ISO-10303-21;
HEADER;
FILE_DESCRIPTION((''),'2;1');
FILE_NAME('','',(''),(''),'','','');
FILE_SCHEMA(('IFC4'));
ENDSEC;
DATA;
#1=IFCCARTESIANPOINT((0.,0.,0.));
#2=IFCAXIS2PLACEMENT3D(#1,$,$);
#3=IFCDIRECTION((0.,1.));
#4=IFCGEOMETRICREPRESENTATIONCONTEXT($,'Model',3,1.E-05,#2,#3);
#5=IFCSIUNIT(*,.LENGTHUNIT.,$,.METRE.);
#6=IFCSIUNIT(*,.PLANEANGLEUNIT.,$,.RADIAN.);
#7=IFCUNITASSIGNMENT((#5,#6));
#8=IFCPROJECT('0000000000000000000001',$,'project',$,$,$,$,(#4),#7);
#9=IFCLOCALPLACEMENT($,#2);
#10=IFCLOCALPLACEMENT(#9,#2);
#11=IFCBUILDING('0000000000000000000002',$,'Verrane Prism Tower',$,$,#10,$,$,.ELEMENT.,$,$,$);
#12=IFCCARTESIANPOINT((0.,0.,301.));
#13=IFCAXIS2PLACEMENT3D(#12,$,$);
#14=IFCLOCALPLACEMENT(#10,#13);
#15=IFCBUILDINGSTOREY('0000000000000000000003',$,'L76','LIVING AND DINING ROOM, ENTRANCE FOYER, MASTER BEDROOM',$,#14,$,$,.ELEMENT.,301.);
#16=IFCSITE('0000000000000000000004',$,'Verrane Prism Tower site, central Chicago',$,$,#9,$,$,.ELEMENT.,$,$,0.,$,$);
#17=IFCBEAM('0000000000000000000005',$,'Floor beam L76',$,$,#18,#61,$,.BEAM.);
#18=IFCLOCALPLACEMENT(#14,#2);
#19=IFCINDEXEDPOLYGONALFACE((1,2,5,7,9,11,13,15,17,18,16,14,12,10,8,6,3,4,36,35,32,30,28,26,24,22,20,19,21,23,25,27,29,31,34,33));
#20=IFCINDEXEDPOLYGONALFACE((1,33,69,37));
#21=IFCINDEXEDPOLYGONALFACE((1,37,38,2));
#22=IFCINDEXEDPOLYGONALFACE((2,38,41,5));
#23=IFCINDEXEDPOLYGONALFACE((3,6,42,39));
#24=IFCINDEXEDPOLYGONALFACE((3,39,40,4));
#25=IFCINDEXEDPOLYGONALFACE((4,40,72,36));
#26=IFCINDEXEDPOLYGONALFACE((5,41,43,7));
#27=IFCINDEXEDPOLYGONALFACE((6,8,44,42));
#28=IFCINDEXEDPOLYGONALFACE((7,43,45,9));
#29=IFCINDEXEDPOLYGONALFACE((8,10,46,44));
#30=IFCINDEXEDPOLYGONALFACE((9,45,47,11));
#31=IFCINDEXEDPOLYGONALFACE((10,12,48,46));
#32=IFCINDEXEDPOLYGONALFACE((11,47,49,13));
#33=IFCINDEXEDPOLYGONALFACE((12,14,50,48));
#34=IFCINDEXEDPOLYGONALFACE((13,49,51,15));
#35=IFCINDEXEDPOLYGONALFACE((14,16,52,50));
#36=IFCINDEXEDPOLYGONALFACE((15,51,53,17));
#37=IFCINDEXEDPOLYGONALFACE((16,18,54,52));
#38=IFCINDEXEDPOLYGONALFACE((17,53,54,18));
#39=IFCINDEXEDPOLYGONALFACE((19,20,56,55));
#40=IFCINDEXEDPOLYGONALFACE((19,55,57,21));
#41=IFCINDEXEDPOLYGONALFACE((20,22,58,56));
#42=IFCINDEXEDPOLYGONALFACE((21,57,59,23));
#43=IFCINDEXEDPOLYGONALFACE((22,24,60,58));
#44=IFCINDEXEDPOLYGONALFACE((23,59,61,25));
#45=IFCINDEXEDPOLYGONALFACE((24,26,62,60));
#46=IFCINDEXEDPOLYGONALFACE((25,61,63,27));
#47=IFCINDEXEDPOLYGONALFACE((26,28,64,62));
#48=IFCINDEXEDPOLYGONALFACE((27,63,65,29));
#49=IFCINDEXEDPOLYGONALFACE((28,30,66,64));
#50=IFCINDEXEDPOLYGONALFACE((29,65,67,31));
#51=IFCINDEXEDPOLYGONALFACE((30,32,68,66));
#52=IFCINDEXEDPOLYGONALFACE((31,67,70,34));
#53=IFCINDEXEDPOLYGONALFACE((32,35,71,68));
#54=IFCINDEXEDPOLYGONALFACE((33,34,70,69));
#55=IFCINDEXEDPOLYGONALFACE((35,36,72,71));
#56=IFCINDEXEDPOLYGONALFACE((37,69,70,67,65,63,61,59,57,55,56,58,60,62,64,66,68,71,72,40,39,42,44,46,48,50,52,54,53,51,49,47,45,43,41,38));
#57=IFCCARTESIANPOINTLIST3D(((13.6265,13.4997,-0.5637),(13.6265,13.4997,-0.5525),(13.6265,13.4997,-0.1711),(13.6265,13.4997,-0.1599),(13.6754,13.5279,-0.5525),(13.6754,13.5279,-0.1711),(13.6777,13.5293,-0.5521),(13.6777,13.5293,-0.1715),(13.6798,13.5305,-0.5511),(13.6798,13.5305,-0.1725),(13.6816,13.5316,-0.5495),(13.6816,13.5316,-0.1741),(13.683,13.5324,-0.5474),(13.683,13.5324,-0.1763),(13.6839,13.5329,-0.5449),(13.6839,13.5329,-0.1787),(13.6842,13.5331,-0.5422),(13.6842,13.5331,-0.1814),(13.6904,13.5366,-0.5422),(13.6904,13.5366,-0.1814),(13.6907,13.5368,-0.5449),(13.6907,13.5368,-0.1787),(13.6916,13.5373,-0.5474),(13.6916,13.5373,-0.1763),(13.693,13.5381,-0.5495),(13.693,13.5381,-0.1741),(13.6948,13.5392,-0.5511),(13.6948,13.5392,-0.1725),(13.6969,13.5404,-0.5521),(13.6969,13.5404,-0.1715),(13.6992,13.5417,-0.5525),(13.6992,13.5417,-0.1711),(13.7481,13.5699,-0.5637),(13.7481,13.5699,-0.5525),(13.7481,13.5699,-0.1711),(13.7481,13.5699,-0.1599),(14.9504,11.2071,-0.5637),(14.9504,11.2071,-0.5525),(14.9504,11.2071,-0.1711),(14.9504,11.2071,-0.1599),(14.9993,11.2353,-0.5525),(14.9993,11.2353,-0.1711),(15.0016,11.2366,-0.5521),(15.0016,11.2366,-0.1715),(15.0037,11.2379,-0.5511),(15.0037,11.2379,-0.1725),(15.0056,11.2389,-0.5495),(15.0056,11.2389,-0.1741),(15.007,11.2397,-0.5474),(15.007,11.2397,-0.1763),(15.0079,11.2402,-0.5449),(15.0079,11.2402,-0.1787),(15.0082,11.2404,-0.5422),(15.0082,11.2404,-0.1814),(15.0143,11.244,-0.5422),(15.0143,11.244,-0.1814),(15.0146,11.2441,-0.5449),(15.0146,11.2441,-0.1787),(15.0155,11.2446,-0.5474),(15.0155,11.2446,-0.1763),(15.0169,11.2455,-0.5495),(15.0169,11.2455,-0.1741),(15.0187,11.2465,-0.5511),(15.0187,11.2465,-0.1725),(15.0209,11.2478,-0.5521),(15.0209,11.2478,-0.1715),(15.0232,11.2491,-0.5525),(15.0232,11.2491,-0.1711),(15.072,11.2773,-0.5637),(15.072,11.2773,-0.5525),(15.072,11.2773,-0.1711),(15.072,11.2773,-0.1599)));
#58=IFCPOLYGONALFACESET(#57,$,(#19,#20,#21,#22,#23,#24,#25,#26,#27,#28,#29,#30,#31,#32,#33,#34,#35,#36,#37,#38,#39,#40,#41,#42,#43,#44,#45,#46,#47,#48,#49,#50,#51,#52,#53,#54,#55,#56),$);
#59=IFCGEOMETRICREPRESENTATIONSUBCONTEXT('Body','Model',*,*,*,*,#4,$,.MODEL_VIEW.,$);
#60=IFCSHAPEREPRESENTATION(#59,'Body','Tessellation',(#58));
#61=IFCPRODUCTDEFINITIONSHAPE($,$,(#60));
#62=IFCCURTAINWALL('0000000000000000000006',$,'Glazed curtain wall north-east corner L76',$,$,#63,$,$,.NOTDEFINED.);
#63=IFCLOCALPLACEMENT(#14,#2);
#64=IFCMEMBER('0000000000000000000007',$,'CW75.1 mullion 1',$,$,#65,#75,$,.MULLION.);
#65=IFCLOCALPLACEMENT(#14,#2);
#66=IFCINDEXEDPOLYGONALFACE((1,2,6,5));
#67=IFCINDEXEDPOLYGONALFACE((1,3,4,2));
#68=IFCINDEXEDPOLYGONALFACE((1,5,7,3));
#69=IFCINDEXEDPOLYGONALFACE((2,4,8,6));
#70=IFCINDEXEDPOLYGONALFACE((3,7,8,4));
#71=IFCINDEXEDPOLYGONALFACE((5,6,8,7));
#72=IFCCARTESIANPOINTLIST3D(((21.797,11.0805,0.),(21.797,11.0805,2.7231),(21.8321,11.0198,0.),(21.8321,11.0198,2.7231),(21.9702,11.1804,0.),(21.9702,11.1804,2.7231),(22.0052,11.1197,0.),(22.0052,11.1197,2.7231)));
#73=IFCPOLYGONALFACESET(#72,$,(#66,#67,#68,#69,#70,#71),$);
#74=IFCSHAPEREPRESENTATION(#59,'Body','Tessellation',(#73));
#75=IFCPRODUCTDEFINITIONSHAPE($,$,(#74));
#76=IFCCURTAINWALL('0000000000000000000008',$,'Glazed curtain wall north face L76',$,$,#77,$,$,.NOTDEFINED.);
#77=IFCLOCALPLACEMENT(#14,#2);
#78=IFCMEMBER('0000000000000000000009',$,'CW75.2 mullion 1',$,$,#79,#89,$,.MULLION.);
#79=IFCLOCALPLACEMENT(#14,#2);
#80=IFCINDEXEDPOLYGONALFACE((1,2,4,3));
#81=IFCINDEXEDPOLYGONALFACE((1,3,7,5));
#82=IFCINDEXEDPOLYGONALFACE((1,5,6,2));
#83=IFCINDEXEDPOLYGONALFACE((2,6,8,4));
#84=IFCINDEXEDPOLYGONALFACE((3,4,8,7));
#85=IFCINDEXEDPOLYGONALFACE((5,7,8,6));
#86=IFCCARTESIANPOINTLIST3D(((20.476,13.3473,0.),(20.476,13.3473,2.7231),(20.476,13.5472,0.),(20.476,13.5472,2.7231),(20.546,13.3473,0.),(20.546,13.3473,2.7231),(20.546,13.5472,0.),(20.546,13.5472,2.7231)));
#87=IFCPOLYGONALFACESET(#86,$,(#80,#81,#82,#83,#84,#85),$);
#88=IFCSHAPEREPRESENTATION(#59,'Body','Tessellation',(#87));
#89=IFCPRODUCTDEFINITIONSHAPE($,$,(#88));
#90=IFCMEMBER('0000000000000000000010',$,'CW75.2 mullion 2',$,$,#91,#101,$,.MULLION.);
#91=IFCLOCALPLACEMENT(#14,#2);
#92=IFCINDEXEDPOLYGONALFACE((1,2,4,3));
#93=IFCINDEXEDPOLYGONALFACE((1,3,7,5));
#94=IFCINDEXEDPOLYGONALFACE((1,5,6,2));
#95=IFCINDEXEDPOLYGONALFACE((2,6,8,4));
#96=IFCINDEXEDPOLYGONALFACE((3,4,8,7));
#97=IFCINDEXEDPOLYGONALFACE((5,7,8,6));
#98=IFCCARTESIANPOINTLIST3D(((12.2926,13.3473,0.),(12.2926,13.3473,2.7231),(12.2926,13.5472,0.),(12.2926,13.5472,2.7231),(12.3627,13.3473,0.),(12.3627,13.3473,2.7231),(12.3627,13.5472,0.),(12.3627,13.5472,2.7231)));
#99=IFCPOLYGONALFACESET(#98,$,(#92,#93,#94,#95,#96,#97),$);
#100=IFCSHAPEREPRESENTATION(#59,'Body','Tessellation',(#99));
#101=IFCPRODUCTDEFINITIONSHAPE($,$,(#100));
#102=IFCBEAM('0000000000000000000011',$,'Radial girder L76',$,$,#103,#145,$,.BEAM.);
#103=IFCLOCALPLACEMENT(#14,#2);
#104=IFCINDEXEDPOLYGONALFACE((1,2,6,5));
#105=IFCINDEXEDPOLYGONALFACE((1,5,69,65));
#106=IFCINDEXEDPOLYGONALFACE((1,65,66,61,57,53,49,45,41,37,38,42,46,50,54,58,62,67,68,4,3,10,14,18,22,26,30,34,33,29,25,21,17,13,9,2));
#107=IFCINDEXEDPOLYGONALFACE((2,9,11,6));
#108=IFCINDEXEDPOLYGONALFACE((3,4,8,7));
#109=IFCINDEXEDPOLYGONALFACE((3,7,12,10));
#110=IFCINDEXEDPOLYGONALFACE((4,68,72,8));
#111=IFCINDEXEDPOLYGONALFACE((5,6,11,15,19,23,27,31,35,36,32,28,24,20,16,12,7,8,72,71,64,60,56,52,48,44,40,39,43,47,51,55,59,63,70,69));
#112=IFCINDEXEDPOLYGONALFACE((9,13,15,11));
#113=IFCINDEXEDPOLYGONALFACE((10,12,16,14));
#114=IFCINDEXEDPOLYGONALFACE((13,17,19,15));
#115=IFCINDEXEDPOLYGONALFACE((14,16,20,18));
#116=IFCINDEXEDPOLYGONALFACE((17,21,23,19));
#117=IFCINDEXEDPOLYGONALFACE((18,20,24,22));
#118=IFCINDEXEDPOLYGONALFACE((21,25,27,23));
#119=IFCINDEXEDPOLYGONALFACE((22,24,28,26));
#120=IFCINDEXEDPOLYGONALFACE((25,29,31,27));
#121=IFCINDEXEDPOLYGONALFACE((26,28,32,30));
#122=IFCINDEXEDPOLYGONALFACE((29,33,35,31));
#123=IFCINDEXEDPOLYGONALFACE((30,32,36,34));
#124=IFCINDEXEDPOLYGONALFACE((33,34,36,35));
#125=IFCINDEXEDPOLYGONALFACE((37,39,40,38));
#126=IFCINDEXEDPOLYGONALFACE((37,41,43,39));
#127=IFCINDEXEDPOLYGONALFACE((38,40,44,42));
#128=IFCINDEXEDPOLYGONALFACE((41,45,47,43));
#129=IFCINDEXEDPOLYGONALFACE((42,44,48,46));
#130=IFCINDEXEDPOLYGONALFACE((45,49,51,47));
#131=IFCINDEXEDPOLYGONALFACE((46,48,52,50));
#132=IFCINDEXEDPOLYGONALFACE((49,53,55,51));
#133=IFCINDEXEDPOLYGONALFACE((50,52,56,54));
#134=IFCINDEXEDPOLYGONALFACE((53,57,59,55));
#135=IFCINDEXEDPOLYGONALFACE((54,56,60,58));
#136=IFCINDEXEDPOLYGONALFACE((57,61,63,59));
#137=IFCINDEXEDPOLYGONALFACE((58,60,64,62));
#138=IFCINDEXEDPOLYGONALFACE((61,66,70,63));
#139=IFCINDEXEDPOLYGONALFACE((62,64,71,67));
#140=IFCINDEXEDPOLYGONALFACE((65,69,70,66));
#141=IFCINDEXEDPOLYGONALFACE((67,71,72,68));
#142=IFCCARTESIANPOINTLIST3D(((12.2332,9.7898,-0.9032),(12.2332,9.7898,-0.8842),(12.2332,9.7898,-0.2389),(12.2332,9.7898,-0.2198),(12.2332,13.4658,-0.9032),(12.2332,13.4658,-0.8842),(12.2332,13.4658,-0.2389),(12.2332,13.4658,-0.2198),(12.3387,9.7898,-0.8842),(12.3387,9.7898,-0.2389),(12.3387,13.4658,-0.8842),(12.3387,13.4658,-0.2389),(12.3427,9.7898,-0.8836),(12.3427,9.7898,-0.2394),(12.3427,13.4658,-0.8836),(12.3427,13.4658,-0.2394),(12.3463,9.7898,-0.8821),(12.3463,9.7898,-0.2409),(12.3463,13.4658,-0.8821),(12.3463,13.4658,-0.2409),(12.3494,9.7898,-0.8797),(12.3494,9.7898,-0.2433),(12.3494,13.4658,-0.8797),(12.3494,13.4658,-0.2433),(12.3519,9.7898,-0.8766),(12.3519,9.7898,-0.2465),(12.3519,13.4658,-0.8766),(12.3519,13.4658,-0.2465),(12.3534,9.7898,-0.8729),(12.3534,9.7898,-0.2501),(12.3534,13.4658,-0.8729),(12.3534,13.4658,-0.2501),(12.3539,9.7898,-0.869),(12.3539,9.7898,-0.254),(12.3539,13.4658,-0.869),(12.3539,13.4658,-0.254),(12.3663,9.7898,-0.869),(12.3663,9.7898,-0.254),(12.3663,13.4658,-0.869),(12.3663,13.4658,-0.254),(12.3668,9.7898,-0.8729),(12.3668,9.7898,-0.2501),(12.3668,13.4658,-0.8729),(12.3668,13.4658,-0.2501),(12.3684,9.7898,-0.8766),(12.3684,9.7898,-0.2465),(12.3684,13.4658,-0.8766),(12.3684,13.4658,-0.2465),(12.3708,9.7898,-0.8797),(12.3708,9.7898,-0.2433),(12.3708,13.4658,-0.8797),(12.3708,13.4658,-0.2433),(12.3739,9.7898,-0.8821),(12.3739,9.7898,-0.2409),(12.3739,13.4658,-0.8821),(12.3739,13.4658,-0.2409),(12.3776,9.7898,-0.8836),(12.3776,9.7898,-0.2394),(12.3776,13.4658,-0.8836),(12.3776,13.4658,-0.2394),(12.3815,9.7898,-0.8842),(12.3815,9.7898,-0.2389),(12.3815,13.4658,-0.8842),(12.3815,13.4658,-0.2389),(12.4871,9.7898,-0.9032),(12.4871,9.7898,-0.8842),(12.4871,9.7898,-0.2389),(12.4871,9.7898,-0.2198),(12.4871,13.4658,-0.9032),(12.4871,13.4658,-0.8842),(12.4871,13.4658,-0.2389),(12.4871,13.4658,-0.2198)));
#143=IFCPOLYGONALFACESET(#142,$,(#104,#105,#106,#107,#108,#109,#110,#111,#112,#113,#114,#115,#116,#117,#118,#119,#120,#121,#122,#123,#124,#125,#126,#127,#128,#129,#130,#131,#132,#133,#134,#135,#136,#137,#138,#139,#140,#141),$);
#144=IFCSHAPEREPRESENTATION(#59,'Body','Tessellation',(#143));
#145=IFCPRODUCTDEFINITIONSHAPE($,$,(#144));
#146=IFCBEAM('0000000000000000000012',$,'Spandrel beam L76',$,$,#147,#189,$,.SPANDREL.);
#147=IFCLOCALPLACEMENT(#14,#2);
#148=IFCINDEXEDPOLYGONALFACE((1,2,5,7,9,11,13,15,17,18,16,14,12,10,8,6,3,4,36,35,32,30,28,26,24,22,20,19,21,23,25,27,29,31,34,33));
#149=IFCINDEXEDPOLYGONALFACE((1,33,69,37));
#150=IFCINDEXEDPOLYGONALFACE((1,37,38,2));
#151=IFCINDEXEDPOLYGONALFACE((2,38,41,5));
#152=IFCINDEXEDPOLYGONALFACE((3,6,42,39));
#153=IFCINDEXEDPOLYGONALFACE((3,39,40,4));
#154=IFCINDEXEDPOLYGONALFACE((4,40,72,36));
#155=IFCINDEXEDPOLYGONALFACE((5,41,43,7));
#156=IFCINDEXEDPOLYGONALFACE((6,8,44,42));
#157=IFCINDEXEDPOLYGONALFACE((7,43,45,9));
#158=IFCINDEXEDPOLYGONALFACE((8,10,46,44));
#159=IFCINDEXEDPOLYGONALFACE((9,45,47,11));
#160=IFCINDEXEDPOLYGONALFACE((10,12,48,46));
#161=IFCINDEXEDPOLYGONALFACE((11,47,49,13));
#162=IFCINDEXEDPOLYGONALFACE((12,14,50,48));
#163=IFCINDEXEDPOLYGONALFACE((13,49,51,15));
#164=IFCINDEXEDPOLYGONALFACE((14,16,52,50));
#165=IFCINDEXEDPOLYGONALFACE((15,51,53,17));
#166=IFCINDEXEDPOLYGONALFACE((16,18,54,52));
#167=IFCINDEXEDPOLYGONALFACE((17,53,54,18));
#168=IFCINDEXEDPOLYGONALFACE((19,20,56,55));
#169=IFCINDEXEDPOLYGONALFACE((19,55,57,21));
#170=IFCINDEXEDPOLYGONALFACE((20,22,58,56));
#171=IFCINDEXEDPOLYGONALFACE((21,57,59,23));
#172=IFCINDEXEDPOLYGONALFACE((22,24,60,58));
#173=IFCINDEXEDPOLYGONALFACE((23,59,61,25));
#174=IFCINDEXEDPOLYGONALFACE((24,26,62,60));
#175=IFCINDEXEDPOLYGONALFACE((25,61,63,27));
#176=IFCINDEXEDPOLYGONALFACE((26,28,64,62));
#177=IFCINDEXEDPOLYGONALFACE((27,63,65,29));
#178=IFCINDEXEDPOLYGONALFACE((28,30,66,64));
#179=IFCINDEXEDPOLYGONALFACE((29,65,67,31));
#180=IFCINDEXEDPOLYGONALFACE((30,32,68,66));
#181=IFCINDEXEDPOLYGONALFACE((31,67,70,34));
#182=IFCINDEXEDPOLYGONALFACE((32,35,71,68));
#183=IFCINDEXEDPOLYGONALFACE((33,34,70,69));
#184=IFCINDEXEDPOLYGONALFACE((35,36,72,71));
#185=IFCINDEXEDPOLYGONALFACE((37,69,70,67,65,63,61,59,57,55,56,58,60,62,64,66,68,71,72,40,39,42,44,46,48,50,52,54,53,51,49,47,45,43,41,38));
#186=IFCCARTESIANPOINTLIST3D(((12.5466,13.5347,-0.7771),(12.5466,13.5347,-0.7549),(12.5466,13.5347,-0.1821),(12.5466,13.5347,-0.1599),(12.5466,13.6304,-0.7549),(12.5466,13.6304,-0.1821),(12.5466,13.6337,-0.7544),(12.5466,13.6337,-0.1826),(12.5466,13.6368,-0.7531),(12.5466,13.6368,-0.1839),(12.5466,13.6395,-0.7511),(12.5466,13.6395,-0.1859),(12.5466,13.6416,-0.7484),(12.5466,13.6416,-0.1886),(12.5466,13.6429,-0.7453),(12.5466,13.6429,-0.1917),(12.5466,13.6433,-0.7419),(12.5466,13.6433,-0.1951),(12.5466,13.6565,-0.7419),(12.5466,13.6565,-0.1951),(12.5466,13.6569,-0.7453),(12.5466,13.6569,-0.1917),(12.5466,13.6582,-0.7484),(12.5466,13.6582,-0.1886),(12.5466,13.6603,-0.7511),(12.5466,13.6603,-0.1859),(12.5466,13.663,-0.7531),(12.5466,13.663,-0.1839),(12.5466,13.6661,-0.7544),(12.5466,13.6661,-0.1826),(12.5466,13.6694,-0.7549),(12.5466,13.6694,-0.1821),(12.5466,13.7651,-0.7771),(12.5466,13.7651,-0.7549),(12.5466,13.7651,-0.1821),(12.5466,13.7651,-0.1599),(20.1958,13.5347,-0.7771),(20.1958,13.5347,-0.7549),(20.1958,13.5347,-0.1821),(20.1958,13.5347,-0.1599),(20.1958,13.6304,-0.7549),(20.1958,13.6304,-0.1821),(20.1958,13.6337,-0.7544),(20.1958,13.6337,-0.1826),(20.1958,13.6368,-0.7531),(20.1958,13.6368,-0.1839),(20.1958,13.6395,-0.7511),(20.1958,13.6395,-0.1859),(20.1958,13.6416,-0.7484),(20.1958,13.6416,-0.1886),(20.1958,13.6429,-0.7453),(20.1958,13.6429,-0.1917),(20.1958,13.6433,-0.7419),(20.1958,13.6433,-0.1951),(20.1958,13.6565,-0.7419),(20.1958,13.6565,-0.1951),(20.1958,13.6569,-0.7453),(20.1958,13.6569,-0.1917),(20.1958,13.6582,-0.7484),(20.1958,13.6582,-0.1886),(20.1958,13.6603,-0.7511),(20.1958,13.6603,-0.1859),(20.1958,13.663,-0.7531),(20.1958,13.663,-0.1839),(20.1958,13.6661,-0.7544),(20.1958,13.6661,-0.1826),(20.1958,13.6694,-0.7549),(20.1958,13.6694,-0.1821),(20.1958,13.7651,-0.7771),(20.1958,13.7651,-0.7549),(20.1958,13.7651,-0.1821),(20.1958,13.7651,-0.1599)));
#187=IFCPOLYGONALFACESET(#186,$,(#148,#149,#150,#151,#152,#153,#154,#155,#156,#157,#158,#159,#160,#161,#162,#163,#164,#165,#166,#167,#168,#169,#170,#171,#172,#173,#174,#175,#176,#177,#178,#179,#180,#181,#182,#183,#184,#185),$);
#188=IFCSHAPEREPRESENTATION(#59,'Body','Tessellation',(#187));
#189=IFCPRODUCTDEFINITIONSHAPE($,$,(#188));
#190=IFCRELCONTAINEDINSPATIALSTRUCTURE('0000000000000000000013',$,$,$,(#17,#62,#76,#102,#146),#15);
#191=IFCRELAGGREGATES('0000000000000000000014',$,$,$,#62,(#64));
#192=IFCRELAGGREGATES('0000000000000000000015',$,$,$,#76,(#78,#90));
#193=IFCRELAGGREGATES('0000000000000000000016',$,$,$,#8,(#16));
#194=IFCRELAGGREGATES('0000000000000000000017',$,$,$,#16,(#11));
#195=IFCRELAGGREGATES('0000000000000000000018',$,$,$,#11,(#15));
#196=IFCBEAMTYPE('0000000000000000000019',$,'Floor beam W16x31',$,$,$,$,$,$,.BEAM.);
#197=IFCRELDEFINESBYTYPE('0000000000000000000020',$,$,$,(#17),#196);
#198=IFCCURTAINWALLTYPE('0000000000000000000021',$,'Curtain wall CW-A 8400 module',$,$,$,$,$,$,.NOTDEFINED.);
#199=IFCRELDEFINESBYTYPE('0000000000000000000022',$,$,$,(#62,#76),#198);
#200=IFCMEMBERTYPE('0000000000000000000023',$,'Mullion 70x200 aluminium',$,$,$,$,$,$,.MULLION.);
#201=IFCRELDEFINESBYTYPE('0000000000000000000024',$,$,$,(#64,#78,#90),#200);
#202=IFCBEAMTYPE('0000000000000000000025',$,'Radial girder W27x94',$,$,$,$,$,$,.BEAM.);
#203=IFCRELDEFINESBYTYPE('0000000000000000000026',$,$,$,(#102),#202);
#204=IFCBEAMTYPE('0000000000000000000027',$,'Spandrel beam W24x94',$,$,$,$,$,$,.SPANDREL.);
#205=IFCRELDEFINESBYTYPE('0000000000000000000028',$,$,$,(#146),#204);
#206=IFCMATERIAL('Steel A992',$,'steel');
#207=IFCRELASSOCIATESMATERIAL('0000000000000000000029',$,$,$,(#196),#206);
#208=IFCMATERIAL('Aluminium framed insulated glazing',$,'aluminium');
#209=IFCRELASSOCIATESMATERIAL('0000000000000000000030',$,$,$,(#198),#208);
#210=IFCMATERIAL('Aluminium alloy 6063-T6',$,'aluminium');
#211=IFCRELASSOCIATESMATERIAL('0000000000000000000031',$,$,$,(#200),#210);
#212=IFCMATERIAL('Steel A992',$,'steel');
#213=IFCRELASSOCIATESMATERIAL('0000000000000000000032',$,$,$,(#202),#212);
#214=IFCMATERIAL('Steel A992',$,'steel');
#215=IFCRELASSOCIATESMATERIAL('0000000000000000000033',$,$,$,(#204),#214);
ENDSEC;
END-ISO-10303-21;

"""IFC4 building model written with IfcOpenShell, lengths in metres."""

from ifc_helpers import new_model, si_unit, direction, frame, origin, origin_2d, place, context, subcontext, project, spatial, rectangle, i_section, extrude, material, material_profile, profile_set, type_object, element, aggregate, save


model = new_model("IFC4")

# Units and contexts
model_context = context("Model", 3, precision=1e-05, world=origin(), true_north=direction((0.0, 1.0)))
body_context = subcontext(model_context, "Body", "Model", "MODEL_VIEW")
ifc_project = project(units=[si_unit("LENGTHUNIT", "METRE"), si_unit("PLANEANGLEUNIT", "RADIAN")], contexts=[model_context])

# Site, building, storey
site_placement = place(None, origin())
site = spatial("IfcSite", under=ifc_project, at=site_placement, Name="Verrane Prism Tower site, central Chicago", CompositionType="ELEMENT", RefElevation=0.0)
building_placement = place(site_placement, origin())
building = spatial("IfcBuilding", under=site, at=building_placement, Name="Verrane Prism Tower", CompositionType="ELEMENT")
storey_placement = place(building_placement, frame((0.0, 0.0, 301.0)))
storey = spatial("IfcBuildingStorey", under=building, at=storey_placement, Name="L76", Description="LIVING AND DINING ROOM, ENTRANCE FOYER, MASTER BEDROOM", CompositionType="ELEMENT", Elevation=301.0)

# Beam
ifc_material_1 = material(Name="Steel A992", Category="steel")
ifc_material_profile_1 = material_profile(ifc_material_1, i_section(OverallWidth=0.1404, OverallDepth=0.4038, WebThickness=0.0071, FlangeThickness=0.0112, FilletRadius=0.0103, at=origin_2d()), Name="W16x31")
ifc_profile_set_1 = profile_set([ifc_material_profile_1], Name="Steel A992")
beam_type_1 = type_object("IfcBeamType", Name="Floor beam W16x31", PredefinedType="BEAM", material=ifc_profile_set_1)
beam_1_placement = place(storey_placement, frame((15.0112, 11.2422, -0.3618), z_axis=(-0.500076, 0.865981, 0.0), x_axis=(-0.865981, -0.500076, 0.0)))
element("IfcBeam", 1, at=beam_1_placement, inside=storey, type_object=beam_type_1, Name="Floor beam L76", PredefinedType="BEAM", context=body_context, shape_type="SweptSolid", body=[
    extrude(i_section(OverallWidth=0.1404, OverallDepth=0.4038, WebThickness=0.0071, FlangeThickness=0.0112, FilletRadius=0.0103, at=origin_2d()), origin(), (0.0, 0.0, 1.0), 2.6475),
])

# Curtain wall, member
ifc_material_2 = material(Name="Aluminium framed insulated glazing", Category="aluminium")
curtain_wall_type = type_object("IfcCurtainWallType", Name="Curtain wall CW-A 8400 module", PredefinedType="NOTDEFINED", material=ifc_material_2)
curtain_wall_1_placement = place(storey_placement, origin())
curtain_wall_1 = element("IfcCurtainWall", 2, at=curtain_wall_1_placement, inside=storey, type_object=curtain_wall_type, Name="Glazed curtain wall north-east corner L76", PredefinedType="NOTDEFINED")
ifc_material_3 = material(Name="Aluminium alloy 6063-T6", Category="aluminium")
ifc_material_profile_2 = material_profile(ifc_material_3, rectangle(XDim=0.2, YDim=0.0701, at=origin_2d()), Name="Mullion 70x200 aluminium")
ifc_profile_set_2 = profile_set([ifc_material_profile_2], Name="Aluminium alloy 6063-T6")
member_type_1 = type_object("IfcMemberType", Name="Mullion 70x200 aluminium", PredefinedType="MULLION", material=ifc_profile_set_2)
member_1_placement = place(storey_placement, frame((21.9011, 11.1001, 0.0), z_axis=(0.0, 0.0, 1.0), x_axis=(-0.866024, -0.500002, 0.0)))
member_1 = element("IfcMember", 3, at=member_1_placement, type_object=member_type_1, Name="CW75.1 mullion 1", PredefinedType="MULLION", context=body_context, shape_type="SweptSolid", body=[
    extrude(rectangle(XDim=0.2, YDim=0.0701, at=origin_2d()), origin(), (0.0, 0.0, 1.0), 2.7231),
])

# Curtain wall, members
curtain_wall_2_placement = place(storey_placement, origin())
curtain_wall_2 = element("IfcCurtainWall", 4, at=curtain_wall_2_placement, inside=storey, type_object=curtain_wall_type, Name="Glazed curtain wall north face L76", PredefinedType="NOTDEFINED")
member_2_placement = place(storey_placement, frame((20.511, 13.4473, 0.0), z_axis=(0.0, 0.0, 1.0), x_axis=(0.0, -1.0, 0.0)))
member_2 = element("IfcMember", 5, at=member_2_placement, type_object=member_type_1, Name="CW75.2 mullion 1", PredefinedType="MULLION", context=body_context, shape_type="SweptSolid", body=[
    extrude(rectangle(XDim=0.2, YDim=0.0701, at=origin_2d()), origin(), (0.0, 0.0, 1.0), 2.7231),
])
member_3_placement = place(storey_placement, frame((12.3276, 13.4473, 0.0), z_axis=(0.0, 0.0, 1.0), x_axis=(0.0, -1.0, 0.0)))
member_3 = element("IfcMember", 6, at=member_3_placement, type_object=member_type_1, Name="CW75.2 mullion 2", PredefinedType="MULLION", context=body_context, shape_type="SweptSolid", body=[
    extrude(rectangle(XDim=0.2, YDim=0.0701, at=origin_2d()), origin(), (0.0, 0.0, 1.0), 2.7231),
])

# Beams
ifc_material_4 = material(Name="Steel A992", Category="steel")
ifc_material_profile_3 = material_profile(ifc_material_4, i_section(OverallWidth=0.2539, OverallDepth=0.6833, WebThickness=0.0125, FlangeThickness=0.019, FilletRadius=0.0151, at=origin_2d()), Name="W27x94")
ifc_profile_set_3 = profile_set([ifc_material_profile_3], Name="Steel A992")
beam_type_2 = type_object("IfcBeamType", Name="Radial girder W27x94", PredefinedType="BEAM", material=ifc_profile_set_3)
beam_2_placement = place(storey_placement, frame((12.3601, 13.4658, -0.5615), z_axis=(0.0, -1.0, 0.0), x_axis=(1.0, 0.0, 0.0)))
element("IfcBeam", 7, at=beam_2_placement, inside=storey, type_object=beam_type_2, Name="Radial girder L76", PredefinedType="BEAM", context=body_context, shape_type="SweptSolid", body=[
    extrude(i_section(OverallWidth=0.2539, OverallDepth=0.6833, WebThickness=0.0125, FlangeThickness=0.019, FilletRadius=0.0151, at=origin_2d()), origin(), (0.0, 0.0, 1.0), 3.676),
])
ifc_material_5 = material(Name="Steel A992", Category="steel")
ifc_material_profile_4 = material_profile(ifc_material_5, i_section(OverallWidth=0.2305, OverallDepth=0.6172, WebThickness=0.0132, FlangeThickness=0.0222, FilletRadius=0.0129, at=origin_2d()), Name="W24x94")
ifc_profile_set_4 = profile_set([ifc_material_profile_4], Name="Steel A992")
beam_type_3 = type_object("IfcBeamType", Name="Spandrel beam W24x94", PredefinedType="SPANDREL", material=ifc_profile_set_4)
beam_3_placement = place(storey_placement, frame((20.1958, 13.6499, -0.4685), z_axis=(-1.0, 0.0, 0.0), x_axis=(0.0, -1.0, 0.0)))
element("IfcBeam", 8, at=beam_3_placement, inside=storey, type_object=beam_type_3, Name="Spandrel beam L76", PredefinedType="SPANDREL", context=body_context, shape_type="SweptSolid", body=[
    extrude(i_section(OverallWidth=0.2305, OverallDepth=0.6172, WebThickness=0.0132, FlangeThickness=0.0222, FilletRadius=0.0129, at=origin_2d()), origin(), (0.0, 0.0, 1.0), 7.6492),
])

aggregate(curtain_wall_1, [member_1])
aggregate(curtain_wall_2, [member_2, member_3])

save(model, "model.ifc")
